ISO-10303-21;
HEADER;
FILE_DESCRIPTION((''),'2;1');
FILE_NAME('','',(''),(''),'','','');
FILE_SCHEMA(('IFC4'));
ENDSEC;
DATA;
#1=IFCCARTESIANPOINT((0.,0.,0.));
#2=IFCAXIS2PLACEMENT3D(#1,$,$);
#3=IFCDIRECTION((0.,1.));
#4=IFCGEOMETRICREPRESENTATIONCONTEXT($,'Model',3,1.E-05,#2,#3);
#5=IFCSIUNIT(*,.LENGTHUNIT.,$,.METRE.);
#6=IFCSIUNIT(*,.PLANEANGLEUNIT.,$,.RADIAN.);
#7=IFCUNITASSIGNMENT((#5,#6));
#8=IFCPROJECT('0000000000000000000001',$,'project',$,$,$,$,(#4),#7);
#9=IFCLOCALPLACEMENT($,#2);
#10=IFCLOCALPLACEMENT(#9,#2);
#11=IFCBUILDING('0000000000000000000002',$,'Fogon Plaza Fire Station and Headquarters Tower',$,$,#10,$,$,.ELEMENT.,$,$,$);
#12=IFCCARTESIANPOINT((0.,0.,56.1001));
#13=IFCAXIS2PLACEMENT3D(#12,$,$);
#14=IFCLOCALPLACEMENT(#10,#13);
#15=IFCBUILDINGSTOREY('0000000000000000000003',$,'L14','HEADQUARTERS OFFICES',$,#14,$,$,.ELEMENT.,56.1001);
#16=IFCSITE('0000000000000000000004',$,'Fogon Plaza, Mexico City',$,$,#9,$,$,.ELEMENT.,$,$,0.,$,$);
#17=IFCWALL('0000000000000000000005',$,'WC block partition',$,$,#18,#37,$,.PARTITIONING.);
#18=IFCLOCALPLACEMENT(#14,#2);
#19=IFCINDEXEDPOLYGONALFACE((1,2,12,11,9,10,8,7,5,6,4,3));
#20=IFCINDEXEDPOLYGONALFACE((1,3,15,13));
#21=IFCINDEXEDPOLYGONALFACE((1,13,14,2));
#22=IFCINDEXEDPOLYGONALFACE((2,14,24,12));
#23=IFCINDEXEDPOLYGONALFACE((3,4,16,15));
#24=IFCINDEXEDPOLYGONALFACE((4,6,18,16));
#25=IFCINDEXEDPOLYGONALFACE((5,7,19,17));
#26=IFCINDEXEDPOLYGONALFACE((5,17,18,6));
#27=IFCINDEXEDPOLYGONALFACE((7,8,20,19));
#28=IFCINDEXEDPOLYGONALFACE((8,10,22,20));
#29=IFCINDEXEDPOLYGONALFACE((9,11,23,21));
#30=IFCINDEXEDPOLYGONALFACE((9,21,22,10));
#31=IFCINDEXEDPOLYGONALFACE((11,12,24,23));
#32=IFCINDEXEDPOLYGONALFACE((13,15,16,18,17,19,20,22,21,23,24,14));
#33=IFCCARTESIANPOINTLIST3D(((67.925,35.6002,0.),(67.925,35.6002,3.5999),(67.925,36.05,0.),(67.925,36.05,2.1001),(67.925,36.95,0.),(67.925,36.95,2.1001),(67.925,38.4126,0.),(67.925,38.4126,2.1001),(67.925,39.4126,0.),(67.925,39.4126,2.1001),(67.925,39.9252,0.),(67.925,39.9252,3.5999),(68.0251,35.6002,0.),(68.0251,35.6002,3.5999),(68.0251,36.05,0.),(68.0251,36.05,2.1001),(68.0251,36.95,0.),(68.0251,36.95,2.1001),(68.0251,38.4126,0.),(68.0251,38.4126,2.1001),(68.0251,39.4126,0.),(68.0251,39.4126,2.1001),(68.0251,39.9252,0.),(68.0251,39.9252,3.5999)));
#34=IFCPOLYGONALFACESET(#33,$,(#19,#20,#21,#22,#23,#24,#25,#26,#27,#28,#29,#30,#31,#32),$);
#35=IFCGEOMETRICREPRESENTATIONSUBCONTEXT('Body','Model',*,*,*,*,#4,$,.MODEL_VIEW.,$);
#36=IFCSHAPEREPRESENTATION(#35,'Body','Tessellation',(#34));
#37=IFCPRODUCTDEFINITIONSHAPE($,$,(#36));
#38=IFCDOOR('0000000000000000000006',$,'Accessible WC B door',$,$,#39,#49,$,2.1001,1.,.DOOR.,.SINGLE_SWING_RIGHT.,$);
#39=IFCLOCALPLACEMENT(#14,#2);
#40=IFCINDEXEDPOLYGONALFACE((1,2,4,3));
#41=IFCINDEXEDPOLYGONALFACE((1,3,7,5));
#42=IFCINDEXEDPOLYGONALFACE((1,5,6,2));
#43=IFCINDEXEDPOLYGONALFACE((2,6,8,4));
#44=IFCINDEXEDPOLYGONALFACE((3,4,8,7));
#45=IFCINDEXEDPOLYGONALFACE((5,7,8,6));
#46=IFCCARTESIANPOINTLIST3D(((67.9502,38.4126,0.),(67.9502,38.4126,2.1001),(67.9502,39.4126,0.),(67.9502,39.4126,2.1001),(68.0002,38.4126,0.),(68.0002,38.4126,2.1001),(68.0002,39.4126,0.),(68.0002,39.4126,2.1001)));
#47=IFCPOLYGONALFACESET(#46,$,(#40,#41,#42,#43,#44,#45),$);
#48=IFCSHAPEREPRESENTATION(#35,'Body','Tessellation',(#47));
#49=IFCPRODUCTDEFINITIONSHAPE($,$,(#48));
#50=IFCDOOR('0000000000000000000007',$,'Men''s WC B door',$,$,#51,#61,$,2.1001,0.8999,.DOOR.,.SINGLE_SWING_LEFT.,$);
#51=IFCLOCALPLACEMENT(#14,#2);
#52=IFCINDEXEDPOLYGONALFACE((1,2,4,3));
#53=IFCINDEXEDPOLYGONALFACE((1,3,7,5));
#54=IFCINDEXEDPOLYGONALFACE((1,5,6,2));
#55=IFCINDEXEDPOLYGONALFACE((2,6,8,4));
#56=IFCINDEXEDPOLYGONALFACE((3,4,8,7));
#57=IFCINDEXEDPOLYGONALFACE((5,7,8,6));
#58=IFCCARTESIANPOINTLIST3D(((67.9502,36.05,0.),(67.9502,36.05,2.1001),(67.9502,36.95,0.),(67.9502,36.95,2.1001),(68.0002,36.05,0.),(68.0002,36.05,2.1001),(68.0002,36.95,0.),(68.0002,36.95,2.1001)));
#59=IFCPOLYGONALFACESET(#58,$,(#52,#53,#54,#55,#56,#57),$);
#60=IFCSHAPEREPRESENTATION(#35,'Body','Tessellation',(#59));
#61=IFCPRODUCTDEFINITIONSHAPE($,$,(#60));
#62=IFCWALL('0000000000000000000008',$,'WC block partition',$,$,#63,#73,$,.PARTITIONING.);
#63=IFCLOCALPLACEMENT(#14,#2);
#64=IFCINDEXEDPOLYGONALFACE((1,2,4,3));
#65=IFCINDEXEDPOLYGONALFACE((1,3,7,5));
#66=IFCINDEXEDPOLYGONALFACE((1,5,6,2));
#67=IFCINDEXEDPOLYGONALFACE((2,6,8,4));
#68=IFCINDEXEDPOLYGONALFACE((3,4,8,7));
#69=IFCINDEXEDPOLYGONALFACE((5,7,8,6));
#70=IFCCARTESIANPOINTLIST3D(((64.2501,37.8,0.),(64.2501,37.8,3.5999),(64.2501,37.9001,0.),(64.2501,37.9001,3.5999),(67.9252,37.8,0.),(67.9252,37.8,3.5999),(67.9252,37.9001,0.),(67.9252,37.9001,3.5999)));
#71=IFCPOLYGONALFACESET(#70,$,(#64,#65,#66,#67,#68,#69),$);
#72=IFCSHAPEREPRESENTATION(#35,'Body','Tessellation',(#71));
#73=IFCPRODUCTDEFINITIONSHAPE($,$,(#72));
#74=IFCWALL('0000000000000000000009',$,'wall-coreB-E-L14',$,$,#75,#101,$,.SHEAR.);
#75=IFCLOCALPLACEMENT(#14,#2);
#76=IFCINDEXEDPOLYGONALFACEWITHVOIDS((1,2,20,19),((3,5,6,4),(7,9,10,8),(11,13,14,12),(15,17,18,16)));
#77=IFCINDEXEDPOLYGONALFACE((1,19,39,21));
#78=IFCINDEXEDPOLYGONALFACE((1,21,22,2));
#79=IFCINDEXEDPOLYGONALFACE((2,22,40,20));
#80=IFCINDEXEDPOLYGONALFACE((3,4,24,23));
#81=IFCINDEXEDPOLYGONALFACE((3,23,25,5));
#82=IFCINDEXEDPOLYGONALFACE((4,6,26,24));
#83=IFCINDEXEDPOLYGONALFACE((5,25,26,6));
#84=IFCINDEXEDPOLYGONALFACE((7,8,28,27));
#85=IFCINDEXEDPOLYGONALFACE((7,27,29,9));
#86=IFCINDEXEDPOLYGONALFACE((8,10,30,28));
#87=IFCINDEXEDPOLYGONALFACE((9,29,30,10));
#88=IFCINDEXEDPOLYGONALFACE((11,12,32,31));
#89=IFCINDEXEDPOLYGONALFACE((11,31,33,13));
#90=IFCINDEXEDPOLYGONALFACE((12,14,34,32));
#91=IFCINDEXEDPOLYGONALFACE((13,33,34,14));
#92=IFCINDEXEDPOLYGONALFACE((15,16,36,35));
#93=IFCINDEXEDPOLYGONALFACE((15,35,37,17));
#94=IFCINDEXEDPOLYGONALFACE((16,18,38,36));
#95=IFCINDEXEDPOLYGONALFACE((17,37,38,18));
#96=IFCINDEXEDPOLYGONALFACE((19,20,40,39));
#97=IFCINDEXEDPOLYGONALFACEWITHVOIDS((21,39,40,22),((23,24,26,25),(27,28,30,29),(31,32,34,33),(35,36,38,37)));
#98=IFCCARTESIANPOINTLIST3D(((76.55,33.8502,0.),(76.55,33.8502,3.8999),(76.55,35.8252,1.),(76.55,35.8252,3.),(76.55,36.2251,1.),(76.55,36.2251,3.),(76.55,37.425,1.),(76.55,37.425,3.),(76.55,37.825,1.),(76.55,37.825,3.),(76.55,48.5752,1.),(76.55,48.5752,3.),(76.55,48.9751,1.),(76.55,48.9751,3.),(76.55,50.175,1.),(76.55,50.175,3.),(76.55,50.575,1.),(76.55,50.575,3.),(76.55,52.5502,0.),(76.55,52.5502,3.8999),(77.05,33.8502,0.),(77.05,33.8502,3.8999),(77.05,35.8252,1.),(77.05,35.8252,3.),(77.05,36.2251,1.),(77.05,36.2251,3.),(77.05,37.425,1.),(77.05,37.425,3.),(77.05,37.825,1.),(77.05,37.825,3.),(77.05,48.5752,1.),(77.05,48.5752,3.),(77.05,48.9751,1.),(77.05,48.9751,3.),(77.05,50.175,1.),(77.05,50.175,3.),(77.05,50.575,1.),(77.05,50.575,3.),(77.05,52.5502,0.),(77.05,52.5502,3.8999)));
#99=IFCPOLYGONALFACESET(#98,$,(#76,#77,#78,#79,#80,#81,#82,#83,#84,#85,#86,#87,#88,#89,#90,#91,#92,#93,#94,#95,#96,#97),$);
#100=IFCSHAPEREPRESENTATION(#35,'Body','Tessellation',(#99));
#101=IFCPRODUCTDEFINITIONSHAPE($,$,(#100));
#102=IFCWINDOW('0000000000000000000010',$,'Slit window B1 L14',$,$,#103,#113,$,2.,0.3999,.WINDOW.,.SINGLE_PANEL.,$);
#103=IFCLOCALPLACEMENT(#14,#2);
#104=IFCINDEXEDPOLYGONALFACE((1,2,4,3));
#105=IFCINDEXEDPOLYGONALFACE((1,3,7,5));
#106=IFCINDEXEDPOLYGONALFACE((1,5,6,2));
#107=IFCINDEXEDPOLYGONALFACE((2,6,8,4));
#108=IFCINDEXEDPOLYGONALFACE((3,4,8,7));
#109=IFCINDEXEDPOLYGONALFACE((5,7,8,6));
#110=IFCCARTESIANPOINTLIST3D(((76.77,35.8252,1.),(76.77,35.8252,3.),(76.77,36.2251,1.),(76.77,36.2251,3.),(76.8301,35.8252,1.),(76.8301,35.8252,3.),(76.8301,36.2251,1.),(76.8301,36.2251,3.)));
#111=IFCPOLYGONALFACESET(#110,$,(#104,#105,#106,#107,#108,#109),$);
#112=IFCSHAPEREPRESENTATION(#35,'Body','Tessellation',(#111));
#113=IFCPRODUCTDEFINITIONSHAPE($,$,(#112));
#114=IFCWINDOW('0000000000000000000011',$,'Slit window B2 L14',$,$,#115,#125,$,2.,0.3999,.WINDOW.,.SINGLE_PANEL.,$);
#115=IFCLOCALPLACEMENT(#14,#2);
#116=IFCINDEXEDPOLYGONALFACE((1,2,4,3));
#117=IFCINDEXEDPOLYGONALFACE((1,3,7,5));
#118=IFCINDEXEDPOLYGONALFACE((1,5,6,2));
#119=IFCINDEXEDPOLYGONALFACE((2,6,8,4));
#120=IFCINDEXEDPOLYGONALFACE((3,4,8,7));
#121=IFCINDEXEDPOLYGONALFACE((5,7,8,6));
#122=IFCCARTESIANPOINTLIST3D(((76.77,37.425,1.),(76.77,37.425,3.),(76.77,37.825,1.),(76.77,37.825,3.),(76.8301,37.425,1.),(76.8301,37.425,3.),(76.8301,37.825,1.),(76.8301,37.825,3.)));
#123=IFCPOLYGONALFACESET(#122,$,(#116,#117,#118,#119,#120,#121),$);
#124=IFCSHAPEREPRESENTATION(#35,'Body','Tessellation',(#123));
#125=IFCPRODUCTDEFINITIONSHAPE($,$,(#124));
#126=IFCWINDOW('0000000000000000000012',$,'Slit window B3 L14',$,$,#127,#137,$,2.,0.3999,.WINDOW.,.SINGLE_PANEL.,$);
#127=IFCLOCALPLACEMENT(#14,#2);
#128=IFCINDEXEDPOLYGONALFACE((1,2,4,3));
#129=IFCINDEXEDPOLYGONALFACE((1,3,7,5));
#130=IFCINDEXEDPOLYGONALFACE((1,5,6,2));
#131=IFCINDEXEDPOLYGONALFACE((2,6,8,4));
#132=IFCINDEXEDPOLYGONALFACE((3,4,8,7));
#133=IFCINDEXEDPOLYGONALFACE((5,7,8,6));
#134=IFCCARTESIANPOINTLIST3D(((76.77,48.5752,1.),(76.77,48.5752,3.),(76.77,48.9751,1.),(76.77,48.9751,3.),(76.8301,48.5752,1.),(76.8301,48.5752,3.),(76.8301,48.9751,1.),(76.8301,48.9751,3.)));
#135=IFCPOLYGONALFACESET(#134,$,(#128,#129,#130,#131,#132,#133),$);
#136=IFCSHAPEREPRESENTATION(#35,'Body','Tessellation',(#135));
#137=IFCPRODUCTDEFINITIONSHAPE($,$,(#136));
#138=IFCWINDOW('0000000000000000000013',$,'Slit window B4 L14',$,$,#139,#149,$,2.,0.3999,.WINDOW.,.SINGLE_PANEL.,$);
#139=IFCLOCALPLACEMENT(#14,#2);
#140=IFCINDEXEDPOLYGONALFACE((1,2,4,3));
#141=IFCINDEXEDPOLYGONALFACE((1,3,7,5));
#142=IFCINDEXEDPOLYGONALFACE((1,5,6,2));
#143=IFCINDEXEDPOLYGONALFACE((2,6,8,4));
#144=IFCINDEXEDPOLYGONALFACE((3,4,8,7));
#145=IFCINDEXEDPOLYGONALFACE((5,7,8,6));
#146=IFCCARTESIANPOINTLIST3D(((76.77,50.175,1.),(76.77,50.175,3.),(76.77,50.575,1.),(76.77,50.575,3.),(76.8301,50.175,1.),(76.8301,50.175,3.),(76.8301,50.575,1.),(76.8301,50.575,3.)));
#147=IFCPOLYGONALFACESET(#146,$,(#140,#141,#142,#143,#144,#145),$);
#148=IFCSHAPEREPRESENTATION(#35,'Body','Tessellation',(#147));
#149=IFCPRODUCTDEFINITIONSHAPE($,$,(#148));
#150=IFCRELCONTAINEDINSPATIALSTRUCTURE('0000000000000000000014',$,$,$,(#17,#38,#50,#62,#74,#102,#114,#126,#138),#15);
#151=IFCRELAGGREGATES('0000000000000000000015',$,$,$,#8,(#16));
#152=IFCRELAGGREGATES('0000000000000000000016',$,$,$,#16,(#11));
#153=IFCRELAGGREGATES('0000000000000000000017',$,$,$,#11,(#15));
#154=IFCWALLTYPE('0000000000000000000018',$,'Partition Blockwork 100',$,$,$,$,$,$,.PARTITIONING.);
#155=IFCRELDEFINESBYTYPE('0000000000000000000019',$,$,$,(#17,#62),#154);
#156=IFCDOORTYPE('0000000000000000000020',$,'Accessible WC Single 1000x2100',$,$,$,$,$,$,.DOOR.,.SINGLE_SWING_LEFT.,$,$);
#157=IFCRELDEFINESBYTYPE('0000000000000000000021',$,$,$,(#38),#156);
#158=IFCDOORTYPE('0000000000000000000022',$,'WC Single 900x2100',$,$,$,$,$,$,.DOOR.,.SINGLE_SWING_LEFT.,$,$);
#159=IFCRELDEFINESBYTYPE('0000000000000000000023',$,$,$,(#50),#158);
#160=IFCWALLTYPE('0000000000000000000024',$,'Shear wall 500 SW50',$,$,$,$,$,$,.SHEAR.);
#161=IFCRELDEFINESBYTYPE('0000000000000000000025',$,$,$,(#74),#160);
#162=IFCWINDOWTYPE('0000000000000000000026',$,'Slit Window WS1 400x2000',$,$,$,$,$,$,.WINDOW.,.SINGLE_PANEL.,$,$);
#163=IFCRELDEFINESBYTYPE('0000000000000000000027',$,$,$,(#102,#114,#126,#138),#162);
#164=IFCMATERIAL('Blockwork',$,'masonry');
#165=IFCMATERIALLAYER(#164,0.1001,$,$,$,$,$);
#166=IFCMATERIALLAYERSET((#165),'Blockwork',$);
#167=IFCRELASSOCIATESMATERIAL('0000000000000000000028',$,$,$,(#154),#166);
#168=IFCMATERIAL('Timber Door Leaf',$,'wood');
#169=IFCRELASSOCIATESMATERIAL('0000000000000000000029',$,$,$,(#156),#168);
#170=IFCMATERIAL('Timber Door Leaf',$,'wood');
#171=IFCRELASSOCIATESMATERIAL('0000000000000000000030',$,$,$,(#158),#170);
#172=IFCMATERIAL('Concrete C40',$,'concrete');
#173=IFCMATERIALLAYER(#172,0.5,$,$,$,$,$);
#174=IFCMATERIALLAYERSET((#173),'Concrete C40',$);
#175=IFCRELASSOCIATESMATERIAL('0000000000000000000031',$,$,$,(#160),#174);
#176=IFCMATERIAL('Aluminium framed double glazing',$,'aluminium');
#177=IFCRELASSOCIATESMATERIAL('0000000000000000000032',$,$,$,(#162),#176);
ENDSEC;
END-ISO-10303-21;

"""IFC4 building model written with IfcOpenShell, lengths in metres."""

from ifc_helpers import new_model, si_unit, direction, frame, frame_2d, origin, place, context, subcontext, project, spatial, rectangle, extrude, material, layer, layer_set, type_object, element, fill, save


model = new_model("IFC4")

# Units and contexts
model_context = context("Model", 3, precision=1e-05, world=origin(), true_north=direction((0.0, 1.0)))
body_context = subcontext(model_context, "Body", "Model", "MODEL_VIEW")
ifc_project = project(units=[si_unit("LENGTHUNIT", "METRE"), si_unit("PLANEANGLEUNIT", "RADIAN")], contexts=[model_context])

# Site, building, storey
site_placement = place(None, origin())
site = spatial("IfcSite", under=ifc_project, at=site_placement, Name="Fogon Plaza, Mexico City", CompositionType="ELEMENT", RefElevation=0.0)
building_placement = place(site_placement, origin())
building = spatial("IfcBuilding", under=site, at=building_placement, Name="Fogon Plaza Fire Station and Headquarters Tower", CompositionType="ELEMENT")
storey_placement = place(building_placement, frame((0.0, 0.0, 56.1001)))
storey = spatial("IfcBuildingStorey", under=building, at=storey_placement, Name="L14", Description="HEADQUARTERS OFFICES", CompositionType="ELEMENT", Elevation=56.1001)

# Shared definitions
ifc_material_1 = material(Name="Blockwork", Category="masonry")
ifc_layer_1 = layer(ifc_material_1, 0.1001)
ifc_layer_set_1 = layer_set([ifc_layer_1], Name="Blockwork")
wall_type_1 = type_object("IfcWallType", Name="Partition Blockwork 100", PredefinedType="PARTITIONING", material=ifc_layer_set_1)

# Wall, openings, doors
wall_1_placement = place(storey_placement, frame((67.9751, 35.6001, 0.0), z_axis=(0.0, 0.0, 1.0), x_axis=(0.0, 1.0, 0.0)))
wall_1 = element("IfcWall", 1, at=wall_1_placement, inside=storey, type_object=wall_type_1, Name="WC block partition", PredefinedType="PARTITIONING", context=body_context, shape_type="SweptSolid", body=[
    extrude(rectangle(XDim=4.325, YDim=0.1001, at=frame_2d((2.1626, 0.0))), origin(), (0.0, 0.0, 1.0), 3.5999),
])
opening_1_placement = place(wall_1_placement, frame((0.45, 0.0, 0.0)))
opening_1 = element("IfcOpeningElement", 2, at=opening_1_placement, cuts=wall_1, PredefinedType="OPENING", context=body_context, shape_type="SweptSolid", body=[
    extrude(rectangle(XDim=0.8999, YDim=2.1001, at=frame_2d((0.45, 1.05))), frame((0.0, 0.0601, 0.0), z_axis=(0.0, -1.0, 0.0), x_axis=(1.0, 0.0, 0.0)), (0.0, 0.0, 1.0), 0.1201),
])
opening_2_placement = place(wall_1_placement, frame((2.8125, 0.0, 0.0)))
opening_2 = element("IfcOpeningElement", 3, at=opening_2_placement, cuts=wall_1, PredefinedType="OPENING", context=body_context, shape_type="SweptSolid", body=[
    extrude(rectangle(XDim=1.0, YDim=2.1001, at=frame_2d((0.5, 1.05))), frame((0.0, 0.0601, 0.0), z_axis=(0.0, -1.0, 0.0), x_axis=(1.0, 0.0, 0.0)), (0.0, 0.0, 1.0), 0.1201),
])
ifc_material_2 = material(Name="Timber Door Leaf", Category="wood")
door_type_1 = type_object("IfcDoorType", Name="Accessible WC Single 1000x2100", OperationType="SINGLE_SWING_LEFT", PredefinedType="DOOR", material=ifc_material_2)
door_1_placement = place(opening_2_placement, origin())
door_1 = element("IfcDoor", 4, at=door_1_placement, inside=storey, type_object=door_type_1, Name="Accessible WC B door", OperationType="SINGLE_SWING_RIGHT", OverallHeight=2.1001, OverallWidth=1.0, PredefinedType="DOOR", context=body_context, shape_type="SweptSolid", body=[
    extrude(rectangle(XDim=1.0, YDim=2.1001, at=frame_2d((0.5, 1.05))), frame((0.0, 0.0249, 0.0), z_axis=(0.0, -1.0, 0.0), x_axis=(1.0, 0.0, 0.0)), (0.0, 0.0, 1.0), 0.05),
])
fill(opening_2, door_1)
ifc_material_3 = material(Name="Timber Door Leaf", Category="wood")
door_type_2 = type_object("IfcDoorType", Name="WC Single 900x2100", OperationType="SINGLE_SWING_LEFT", PredefinedType="DOOR", material=ifc_material_3)
door_2_placement = place(opening_1_placement, origin())
door_2 = element("IfcDoor", 5, at=door_2_placement, inside=storey, type_object=door_type_2, Name="Men's WC B door", OperationType="SINGLE_SWING_LEFT", OverallHeight=2.1001, OverallWidth=0.8999, PredefinedType="DOOR", context=body_context, shape_type="SweptSolid", body=[
    extrude(rectangle(XDim=0.8999, YDim=2.1001, at=frame_2d((0.45, 1.05))), frame((0.0, 0.0249, 0.0), z_axis=(0.0, -1.0, 0.0), x_axis=(1.0, 0.0, 0.0)), (0.0, 0.0, 1.0), 0.05),
])
fill(opening_1, door_2)

# Wall
wall_2_placement = place(storey_placement, frame((67.925, 37.8501, 0.0), z_axis=(0.0, 0.0, 1.0), x_axis=(-1.0, 0.0, 0.0)))
element("IfcWall", 6, at=wall_2_placement, inside=storey, type_object=wall_type_1, Name="WC block partition", PredefinedType="PARTITIONING", context=body_context, shape_type="SweptSolid", body=[
    extrude(rectangle(XDim=3.675, YDim=0.1001, at=frame_2d((1.8374, 0.0))), origin(), (0.0, 0.0, 1.0), 3.5999),
])

# Wall, openings, windows
ifc_material_4 = material(Name="Concrete C40", Category="concrete")
ifc_layer_2 = layer(ifc_material_4, 0.5)
ifc_layer_set_2 = layer_set([ifc_layer_2], Name="Concrete C40")
wall_type_2 = type_object("IfcWallType", Name="Shear wall 500 SW50", PredefinedType="SHEAR", material=ifc_layer_set_2)
wall_3_placement = place(storey_placement, frame((76.8, 33.8501, 0.0), z_axis=(0.0, 0.0, 1.0), x_axis=(0.0, 1.0, 0.0)))
wall_3 = element("IfcWall", 7, at=wall_3_placement, inside=storey, type_object=wall_type_2, Name="wall-coreB-E-L14", PredefinedType="SHEAR", context=body_context, shape_type="SweptSolid", body=[
    extrude(rectangle(XDim=18.7, YDim=0.5, at=frame_2d((9.3501, 0.0))), origin(), (0.0, 0.0, 1.0), 3.8999),
])
opening_3_placement = place(wall_3_placement, frame((1.9751, 0.0, 1.0)))
opening_3 = element("IfcOpeningElement", 8, at=opening_3_placement, cuts=wall_3, PredefinedType="OPENING", context=body_context, shape_type="SweptSolid", body=[
    extrude(rectangle(XDim=0.3999, YDim=2.0, at=frame_2d((0.2, 1.0))), frame((0.0, 0.26, 0.0), z_axis=(0.0, -1.0, 0.0), x_axis=(1.0, 0.0, 0.0)), (0.0, 0.0, 1.0), 0.52),
])
opening_4_placement = place(wall_3_placement, frame((3.575, 0.0, 1.0)))
opening_4 = element("IfcOpeningElement", 9, at=opening_4_placement, cuts=wall_3, PredefinedType="OPENING", context=body_context, shape_type="SweptSolid", body=[
    extrude(rectangle(XDim=0.3999, YDim=2.0, at=frame_2d((0.2, 1.0))), frame((0.0, 0.26, 0.0), z_axis=(0.0, -1.0, 0.0), x_axis=(1.0, 0.0, 0.0)), (0.0, 0.0, 1.0), 0.52),
])
opening_5_placement = place(wall_3_placement, frame((14.7251, 0.0, 1.0)))
opening_5 = element("IfcOpeningElement", 10, at=opening_5_placement, cuts=wall_3, PredefinedType="OPENING", context=body_context, shape_type="SweptSolid", body=[
    extrude(rectangle(XDim=0.3999, YDim=2.0, at=frame_2d((0.2, 1.0))), frame((0.0, 0.26, 0.0), z_axis=(0.0, -1.0, 0.0), x_axis=(1.0, 0.0, 0.0)), (0.0, 0.0, 1.0), 0.52),
])
opening_6_placement = place(wall_3_placement, frame((16.325, 0.0, 1.0)))
opening_6 = element("IfcOpeningElement", 11, at=opening_6_placement, cuts=wall_3, PredefinedType="OPENING", context=body_context, shape_type="SweptSolid", body=[
    extrude(rectangle(XDim=0.3999, YDim=2.0, at=frame_2d((0.2, 1.0))), frame((0.0, 0.26, 0.0), z_axis=(0.0, -1.0, 0.0), x_axis=(1.0, 0.0, 0.0)), (0.0, 0.0, 1.0), 0.52),
])
ifc_material_5 = material(Name="Aluminium framed double glazing", Category="aluminium")
window_type = type_object("IfcWindowType", Name="Slit Window WS1 400x2000", PartitioningType="SINGLE_PANEL", PredefinedType="WINDOW", material=ifc_material_5)
window_1_placement = place(opening_3_placement, origin())
window_1 = element("IfcWindow", 12, at=window_1_placement, inside=storey, type_object=window_type, Name="Slit window B1 L14", OverallHeight=2.0, OverallWidth=0.3999, PartitioningType="SINGLE_PANEL", PredefinedType="WINDOW", context=body_context, shape_type="SweptSolid", body=[
    extrude(rectangle(XDim=0.3999, YDim=2.0, at=frame_2d((0.2, 1.0))), frame((0.0, 0.03, 0.0), z_axis=(0.0, -1.0, 0.0), x_axis=(1.0, 0.0, 0.0)), (0.0, 0.0, 1.0), 0.0601),
])
fill(opening_3, window_1)
window_2_placement = place(opening_4_placement, origin())
window_2 = element("IfcWindow", 13, at=window_2_placement, inside=storey, type_object=window_type, Name="Slit window B2 L14", OverallHeight=2.0, OverallWidth=0.3999, PartitioningType="SINGLE_PANEL", PredefinedType="WINDOW", context=body_context, shape_type="SweptSolid", body=[
    extrude(rectangle(XDim=0.3999, YDim=2.0, at=frame_2d((0.2, 1.0))), frame((0.0, 0.03, 0.0), z_axis=(0.0, -1.0, 0.0), x_axis=(1.0, 0.0, 0.0)), (0.0, 0.0, 1.0), 0.0601),
])
fill(opening_4, window_2)
window_3_placement = place(opening_5_placement, origin())
window_3 = element("IfcWindow", 14, at=window_3_placement, inside=storey, type_object=window_type, Name="Slit window B3 L14", OverallHeight=2.0, OverallWidth=0.3999, PartitioningType="SINGLE_PANEL", PredefinedType="WINDOW", context=body_context, shape_type="SweptSolid", body=[
    extrude(rectangle(XDim=0.3999, YDim=2.0, at=frame_2d((0.2, 1.0))), frame((0.0, 0.03, 0.0), z_axis=(0.0, -1.0, 0.0), x_axis=(1.0, 0.0, 0.0)), (0.0, 0.0, 1.0), 0.0601),
])
fill(opening_5, window_3)
window_4_placement = place(opening_6_placement, origin())
window_4 = element("IfcWindow", 15, at=window_4_placement, inside=storey, type_object=window_type, Name="Slit window B4 L14", OverallHeight=2.0, OverallWidth=0.3999, PartitioningType="SINGLE_PANEL", PredefinedType="WINDOW", context=body_context, shape_type="SweptSolid", body=[
    extrude(rectangle(XDim=0.3999, YDim=2.0, at=frame_2d((0.2, 1.0))), frame((0.0, 0.03, 0.0), z_axis=(0.0, -1.0, 0.0), x_axis=(1.0, 0.0, 0.0)), (0.0, 0.0, 1.0), 0.0601),
])
fill(opening_6, window_4)

save(model, "model.ifc")
